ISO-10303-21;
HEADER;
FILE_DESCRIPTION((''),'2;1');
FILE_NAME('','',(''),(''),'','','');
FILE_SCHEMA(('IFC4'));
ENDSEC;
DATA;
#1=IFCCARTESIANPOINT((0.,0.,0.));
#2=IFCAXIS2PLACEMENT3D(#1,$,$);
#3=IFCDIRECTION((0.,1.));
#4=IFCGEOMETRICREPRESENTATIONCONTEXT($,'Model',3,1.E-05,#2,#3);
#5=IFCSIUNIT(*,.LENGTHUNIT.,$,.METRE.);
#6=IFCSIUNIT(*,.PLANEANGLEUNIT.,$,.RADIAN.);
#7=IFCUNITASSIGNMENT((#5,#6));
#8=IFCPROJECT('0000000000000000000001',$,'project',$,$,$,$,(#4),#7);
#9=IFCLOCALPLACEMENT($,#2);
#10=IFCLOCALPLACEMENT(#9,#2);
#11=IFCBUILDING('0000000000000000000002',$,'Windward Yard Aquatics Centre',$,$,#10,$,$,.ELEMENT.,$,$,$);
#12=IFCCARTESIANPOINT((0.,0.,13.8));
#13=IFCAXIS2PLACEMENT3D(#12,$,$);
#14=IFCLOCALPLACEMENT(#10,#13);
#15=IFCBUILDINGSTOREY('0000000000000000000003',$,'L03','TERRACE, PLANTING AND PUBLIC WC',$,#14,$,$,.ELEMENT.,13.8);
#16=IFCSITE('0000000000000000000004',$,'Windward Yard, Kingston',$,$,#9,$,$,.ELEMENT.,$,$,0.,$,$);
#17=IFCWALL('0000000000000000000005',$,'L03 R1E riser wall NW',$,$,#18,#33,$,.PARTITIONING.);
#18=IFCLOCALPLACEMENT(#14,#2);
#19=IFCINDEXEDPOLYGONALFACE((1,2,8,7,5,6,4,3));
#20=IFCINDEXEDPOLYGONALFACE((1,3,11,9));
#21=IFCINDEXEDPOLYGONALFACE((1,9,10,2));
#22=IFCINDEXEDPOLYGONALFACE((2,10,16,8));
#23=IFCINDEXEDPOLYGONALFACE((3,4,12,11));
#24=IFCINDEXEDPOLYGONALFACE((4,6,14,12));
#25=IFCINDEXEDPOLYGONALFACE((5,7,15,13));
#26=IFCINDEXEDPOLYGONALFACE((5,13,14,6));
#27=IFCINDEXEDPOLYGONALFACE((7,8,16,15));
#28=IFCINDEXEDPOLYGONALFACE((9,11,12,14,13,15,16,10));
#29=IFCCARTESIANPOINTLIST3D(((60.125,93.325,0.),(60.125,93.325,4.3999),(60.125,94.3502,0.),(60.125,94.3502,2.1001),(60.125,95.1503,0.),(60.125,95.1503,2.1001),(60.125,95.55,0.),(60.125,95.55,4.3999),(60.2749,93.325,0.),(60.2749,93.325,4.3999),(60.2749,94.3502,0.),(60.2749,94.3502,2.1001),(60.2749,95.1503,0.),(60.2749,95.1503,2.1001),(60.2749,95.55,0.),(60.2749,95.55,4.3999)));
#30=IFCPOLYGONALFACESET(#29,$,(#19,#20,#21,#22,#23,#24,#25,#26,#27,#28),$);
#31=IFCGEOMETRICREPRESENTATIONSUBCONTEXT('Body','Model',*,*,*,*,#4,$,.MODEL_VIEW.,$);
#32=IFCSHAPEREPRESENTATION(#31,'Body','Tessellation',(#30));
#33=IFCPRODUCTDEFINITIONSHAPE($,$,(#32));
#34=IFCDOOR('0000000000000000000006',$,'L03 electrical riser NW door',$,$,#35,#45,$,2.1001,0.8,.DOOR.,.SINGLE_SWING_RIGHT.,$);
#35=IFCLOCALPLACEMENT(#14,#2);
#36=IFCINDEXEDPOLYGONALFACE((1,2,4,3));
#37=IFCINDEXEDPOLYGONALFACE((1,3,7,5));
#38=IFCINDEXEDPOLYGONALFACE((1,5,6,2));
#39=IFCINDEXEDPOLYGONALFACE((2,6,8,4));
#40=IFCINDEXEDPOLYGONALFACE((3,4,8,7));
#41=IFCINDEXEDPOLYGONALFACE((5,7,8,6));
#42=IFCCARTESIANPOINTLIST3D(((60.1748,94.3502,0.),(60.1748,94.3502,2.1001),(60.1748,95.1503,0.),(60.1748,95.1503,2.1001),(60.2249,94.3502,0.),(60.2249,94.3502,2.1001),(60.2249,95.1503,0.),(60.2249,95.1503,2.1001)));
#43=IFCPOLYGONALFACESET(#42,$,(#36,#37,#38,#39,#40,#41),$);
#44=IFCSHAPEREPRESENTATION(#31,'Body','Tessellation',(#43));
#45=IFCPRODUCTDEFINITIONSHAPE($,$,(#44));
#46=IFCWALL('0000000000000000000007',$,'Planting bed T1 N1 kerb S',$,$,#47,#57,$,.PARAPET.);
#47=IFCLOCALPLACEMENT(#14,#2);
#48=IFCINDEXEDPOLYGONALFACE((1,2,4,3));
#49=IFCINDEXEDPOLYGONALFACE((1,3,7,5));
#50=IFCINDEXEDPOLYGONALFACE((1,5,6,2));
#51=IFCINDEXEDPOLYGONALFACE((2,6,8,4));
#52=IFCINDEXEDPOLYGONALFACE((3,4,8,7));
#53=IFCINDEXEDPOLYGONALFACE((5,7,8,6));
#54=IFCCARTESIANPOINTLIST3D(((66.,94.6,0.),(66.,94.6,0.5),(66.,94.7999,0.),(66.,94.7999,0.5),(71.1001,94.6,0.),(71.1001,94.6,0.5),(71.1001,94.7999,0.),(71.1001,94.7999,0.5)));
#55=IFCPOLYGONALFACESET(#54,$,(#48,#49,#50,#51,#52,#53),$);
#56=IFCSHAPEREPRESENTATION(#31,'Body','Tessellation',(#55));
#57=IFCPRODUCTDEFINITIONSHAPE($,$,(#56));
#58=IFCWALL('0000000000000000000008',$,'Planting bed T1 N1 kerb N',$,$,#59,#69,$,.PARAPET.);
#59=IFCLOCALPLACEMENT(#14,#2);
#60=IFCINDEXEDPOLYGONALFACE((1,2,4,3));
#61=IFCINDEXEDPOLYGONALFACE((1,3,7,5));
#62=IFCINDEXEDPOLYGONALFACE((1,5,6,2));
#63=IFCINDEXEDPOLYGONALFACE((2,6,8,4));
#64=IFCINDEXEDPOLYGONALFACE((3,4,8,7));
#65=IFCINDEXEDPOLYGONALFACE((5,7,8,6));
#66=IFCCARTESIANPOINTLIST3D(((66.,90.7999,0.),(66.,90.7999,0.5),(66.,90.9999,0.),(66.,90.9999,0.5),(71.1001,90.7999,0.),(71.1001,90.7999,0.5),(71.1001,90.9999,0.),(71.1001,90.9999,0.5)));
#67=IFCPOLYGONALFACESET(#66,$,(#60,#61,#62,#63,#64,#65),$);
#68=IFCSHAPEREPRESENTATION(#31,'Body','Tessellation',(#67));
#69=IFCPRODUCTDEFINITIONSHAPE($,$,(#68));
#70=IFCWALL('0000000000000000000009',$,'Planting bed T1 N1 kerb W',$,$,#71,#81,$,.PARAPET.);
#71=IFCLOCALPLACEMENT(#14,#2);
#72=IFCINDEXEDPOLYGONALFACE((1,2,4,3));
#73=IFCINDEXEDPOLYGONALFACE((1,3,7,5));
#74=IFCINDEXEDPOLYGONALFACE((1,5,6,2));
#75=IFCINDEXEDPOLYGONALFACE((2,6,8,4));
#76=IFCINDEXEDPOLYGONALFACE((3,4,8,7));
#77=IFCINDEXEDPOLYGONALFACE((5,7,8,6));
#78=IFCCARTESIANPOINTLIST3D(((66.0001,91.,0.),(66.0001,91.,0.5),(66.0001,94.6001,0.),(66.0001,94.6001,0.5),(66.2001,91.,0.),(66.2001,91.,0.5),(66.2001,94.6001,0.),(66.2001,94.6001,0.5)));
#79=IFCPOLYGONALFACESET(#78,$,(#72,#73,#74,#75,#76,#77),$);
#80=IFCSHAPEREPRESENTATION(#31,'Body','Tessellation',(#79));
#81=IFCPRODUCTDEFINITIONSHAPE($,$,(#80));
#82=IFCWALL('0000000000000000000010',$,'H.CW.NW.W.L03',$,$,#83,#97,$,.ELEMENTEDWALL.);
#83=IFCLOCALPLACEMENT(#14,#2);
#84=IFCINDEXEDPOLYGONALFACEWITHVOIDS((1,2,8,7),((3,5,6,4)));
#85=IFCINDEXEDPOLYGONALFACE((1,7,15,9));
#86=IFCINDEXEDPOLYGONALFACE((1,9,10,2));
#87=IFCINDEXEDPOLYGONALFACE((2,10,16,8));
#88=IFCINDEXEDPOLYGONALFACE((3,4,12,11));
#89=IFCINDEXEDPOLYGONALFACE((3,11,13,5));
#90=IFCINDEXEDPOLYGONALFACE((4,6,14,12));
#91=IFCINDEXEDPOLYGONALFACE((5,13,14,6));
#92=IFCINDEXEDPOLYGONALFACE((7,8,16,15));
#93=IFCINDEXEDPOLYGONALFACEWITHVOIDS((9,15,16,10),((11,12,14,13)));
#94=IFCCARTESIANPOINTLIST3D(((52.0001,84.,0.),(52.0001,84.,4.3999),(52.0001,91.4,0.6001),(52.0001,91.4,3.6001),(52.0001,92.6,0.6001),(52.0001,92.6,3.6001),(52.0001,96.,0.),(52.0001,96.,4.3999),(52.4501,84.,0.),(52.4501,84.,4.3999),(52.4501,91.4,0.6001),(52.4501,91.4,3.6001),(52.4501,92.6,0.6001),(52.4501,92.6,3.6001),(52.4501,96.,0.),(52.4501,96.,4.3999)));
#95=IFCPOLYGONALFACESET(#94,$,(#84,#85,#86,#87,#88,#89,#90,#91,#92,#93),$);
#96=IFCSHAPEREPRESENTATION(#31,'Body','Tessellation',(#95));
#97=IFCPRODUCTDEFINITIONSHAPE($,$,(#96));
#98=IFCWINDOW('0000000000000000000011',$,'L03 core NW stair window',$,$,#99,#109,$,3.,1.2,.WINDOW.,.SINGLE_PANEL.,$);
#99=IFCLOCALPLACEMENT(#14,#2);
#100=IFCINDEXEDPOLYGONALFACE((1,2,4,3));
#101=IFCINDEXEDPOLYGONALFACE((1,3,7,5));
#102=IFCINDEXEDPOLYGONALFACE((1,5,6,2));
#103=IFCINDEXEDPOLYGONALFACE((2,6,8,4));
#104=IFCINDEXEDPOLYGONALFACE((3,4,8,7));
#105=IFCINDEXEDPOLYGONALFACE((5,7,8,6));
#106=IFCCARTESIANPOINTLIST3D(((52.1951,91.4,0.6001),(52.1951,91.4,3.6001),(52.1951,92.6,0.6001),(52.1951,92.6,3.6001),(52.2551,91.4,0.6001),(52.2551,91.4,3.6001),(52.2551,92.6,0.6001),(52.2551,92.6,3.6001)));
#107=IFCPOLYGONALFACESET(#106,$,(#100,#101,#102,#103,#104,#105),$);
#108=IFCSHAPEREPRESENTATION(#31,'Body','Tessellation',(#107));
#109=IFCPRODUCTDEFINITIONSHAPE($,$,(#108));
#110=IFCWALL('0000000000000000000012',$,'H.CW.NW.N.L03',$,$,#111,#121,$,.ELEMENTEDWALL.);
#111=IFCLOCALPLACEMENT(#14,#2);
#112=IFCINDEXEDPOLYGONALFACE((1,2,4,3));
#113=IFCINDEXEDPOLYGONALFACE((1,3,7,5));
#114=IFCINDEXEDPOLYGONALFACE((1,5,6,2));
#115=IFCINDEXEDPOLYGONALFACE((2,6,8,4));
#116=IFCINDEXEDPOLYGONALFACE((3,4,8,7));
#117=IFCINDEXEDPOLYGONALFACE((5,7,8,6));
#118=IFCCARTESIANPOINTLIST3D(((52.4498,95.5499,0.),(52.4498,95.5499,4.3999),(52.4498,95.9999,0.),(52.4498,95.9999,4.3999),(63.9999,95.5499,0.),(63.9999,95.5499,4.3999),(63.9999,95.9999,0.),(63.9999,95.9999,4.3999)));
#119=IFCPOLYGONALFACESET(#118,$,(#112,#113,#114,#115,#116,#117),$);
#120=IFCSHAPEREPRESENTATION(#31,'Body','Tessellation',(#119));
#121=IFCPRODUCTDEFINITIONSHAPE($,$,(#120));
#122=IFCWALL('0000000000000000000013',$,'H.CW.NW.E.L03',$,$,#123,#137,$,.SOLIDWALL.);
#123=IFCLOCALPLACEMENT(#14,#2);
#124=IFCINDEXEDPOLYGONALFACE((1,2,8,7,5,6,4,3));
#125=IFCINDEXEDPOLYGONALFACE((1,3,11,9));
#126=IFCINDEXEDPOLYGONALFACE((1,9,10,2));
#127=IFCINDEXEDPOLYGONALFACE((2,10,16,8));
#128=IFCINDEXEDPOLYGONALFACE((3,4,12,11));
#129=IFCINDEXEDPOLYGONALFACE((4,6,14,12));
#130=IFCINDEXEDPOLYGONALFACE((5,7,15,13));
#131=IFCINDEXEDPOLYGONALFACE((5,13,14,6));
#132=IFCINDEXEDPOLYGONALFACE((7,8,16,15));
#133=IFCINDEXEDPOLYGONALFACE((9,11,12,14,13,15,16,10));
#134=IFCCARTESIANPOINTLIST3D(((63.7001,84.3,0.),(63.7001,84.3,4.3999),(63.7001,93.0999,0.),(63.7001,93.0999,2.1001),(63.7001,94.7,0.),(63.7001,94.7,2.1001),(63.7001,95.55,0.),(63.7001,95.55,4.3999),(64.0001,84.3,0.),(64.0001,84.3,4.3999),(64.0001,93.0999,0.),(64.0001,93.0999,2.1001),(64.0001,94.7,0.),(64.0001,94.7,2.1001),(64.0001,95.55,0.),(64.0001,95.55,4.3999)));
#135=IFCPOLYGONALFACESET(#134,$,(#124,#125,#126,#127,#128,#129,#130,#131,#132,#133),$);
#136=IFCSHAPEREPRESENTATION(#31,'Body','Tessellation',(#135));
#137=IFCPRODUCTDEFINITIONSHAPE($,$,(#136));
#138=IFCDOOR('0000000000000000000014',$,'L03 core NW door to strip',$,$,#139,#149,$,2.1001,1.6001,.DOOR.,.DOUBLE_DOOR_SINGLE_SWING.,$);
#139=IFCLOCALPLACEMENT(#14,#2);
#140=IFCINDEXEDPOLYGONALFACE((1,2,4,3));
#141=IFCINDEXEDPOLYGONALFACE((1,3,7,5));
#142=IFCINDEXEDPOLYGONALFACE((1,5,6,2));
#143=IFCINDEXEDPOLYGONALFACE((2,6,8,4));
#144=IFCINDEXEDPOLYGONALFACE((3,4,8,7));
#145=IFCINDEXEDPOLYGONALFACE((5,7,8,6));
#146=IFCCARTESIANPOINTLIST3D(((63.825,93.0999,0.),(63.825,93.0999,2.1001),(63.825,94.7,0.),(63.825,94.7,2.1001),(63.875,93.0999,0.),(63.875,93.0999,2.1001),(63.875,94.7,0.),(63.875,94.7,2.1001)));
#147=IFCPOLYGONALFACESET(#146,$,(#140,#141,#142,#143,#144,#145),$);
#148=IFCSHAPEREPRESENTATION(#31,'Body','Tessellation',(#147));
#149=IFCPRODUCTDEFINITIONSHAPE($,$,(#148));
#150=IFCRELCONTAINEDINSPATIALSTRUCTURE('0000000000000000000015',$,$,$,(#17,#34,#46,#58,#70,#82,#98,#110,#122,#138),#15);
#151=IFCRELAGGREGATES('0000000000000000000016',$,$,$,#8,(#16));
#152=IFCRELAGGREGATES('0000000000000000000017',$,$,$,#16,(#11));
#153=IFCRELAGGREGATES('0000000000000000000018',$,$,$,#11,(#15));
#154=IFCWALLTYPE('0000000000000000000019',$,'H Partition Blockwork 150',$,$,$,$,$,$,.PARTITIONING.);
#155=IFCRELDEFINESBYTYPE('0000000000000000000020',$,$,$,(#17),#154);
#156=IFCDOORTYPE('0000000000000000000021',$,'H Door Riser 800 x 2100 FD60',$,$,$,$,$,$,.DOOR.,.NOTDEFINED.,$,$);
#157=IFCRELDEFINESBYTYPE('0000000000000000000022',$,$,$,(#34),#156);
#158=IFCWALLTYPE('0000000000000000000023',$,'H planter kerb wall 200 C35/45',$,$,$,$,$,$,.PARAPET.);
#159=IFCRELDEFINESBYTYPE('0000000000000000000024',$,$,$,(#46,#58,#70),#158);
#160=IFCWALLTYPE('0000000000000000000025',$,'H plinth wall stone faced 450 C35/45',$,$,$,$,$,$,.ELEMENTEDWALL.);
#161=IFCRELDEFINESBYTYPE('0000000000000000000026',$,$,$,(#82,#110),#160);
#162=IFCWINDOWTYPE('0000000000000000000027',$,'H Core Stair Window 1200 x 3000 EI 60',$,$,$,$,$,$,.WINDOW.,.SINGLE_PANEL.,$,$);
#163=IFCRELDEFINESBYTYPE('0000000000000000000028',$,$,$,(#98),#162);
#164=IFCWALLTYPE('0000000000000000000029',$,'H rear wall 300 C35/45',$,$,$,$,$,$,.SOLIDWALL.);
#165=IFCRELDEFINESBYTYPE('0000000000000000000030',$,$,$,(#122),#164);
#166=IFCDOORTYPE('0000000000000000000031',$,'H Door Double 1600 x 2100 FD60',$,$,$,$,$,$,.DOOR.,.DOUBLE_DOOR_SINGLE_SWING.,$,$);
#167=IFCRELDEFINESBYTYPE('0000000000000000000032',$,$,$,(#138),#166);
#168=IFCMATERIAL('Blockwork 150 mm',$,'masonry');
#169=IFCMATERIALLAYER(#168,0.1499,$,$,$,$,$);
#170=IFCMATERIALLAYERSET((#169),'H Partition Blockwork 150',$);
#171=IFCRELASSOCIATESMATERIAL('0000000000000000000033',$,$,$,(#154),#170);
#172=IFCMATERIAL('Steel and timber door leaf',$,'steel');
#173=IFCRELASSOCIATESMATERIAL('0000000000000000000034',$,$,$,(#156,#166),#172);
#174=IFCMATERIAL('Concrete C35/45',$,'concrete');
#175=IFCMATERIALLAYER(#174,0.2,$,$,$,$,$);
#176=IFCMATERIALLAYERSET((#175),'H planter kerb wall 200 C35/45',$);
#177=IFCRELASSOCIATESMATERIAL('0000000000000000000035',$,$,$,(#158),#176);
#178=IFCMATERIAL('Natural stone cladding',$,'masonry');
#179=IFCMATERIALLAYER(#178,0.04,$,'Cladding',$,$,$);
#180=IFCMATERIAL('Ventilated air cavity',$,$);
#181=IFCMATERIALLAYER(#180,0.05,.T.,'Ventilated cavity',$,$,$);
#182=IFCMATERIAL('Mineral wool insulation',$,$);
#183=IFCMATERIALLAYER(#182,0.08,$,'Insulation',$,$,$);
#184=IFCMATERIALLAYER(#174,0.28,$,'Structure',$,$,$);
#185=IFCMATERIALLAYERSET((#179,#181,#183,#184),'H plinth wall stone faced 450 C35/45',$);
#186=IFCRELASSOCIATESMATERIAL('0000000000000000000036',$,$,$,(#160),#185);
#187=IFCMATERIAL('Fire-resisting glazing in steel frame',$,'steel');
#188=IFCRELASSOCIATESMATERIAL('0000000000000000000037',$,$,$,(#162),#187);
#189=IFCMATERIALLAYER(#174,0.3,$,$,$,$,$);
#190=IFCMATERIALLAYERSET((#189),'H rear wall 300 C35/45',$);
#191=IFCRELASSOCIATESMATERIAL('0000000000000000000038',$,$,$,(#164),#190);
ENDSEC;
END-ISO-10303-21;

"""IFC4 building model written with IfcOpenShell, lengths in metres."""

from ifc_helpers import new_model, si_unit, direction, frame, frame_2d, origin, place, context, subcontext, project, spatial, rectangle, extrude, material, layer, layer_set, type_object, element, fill, save


model = new_model("IFC4")

# Units and contexts
model_context = context("Model", 3, precision=1e-05, world=origin(), true_north=direction((0.0, 1.0)))
body_context = subcontext(model_context, "Body", "Model", "MODEL_VIEW")
ifc_project = project(units=[si_unit("LENGTHUNIT", "METRE"), si_unit("PLANEANGLEUNIT", "RADIAN")], contexts=[model_context])

# Site, building, storey
site_placement = place(None, origin())
site = spatial("IfcSite", under=ifc_project, at=site_placement, Name="Windward Yard, Kingston", CompositionType="ELEMENT", RefElevation=0.0)
building_placement = place(site_placement, origin())
building = spatial("IfcBuilding", under=site, at=building_placement, Name="Windward Yard Aquatics Centre", CompositionType="ELEMENT")
storey_placement = place(building_placement, frame((0.0, 0.0, 13.8)))
storey = spatial("IfcBuildingStorey", under=building, at=storey_placement, Name="L03", Description="TERRACE, PLANTING AND PUBLIC WC", CompositionType="ELEMENT", Elevation=13.8)

# Shared definitions
ifc_material_1 = material(Name="Concrete C35/45", Category="concrete")

# Shared definitions
ifc_material_2 = material(Name="Blockwork 150 mm", Category="masonry")
ifc_layer_1 = layer(ifc_material_2, 0.1499)
ifc_layer_set_1 = layer_set([ifc_layer_1], Name="H Partition Blockwork 150")
wall_type_1 = type_object("IfcWallType", Name="H Partition Blockwork 150", PredefinedType="PARTITIONING", material=ifc_layer_set_1)

# Wall, opening, door
wall_1_placement = place(storey_placement, frame((60.2, 95.55, 0.0), z_axis=(0.0, 0.0, 1.0), x_axis=(0.0, -1.0, 0.0)))
wall_1 = element("IfcWall", 1, at=wall_1_placement, inside=storey, type_object=wall_type_1, Name="L03 R1E riser wall NW", PredefinedType="PARTITIONING", context=body_context, shape_type="SweptSolid", body=[
    extrude(rectangle(XDim=2.2251, YDim=0.1499, at=frame_2d((1.1125, 0.0))), origin(), (0.0, 0.0, 1.0), 4.3999),
])
opening_1_placement = place(wall_1_placement, frame((0.3999, 0.0, 0.0)))
opening_1 = element("IfcOpeningElement", 2, at=opening_1_placement, cuts=wall_1, PredefinedType="OPENING", context=body_context, shape_type="SweptSolid", body=[
    extrude(rectangle(XDim=0.8, YDim=2.1001, at=frame_2d((0.3999, 1.05))), frame((0.0, 0.085, 0.0), z_axis=(0.0, -1.0, 0.0), x_axis=(1.0, 0.0, 0.0)), (0.0, 0.0, 1.0), 0.1699),
])
ifc_material_3 = material(Name="Steel and timber door leaf", Category="steel")
door_type_1 = type_object("IfcDoorType", Name="H Door Riser 800 x 2100 FD60", OperationType="NOTDEFINED", PredefinedType="DOOR", material=ifc_material_3)
door_1_placement = place(opening_1_placement, origin())
door_1 = element("IfcDoor", 3, at=door_1_placement, inside=storey, type_object=door_type_1, Name="L03 electrical riser NW door", OperationType="SINGLE_SWING_RIGHT", OverallHeight=2.1001, OverallWidth=0.8, PredefinedType="DOOR", context=body_context, shape_type="SweptSolid", body=[
    extrude(rectangle(XDim=0.8, YDim=2.1001, at=frame_2d((0.3999, 1.05))), frame((0.0, 0.0249, 0.0), z_axis=(0.0, -1.0, 0.0), x_axis=(1.0, 0.0, 0.0)), (0.0, 0.0, 1.0), 0.05),
])
fill(opening_1, door_1)

# Walls
ifc_layer_2 = layer(ifc_material_1, 0.2)
ifc_layer_set_2 = layer_set([ifc_layer_2], Name="H planter kerb wall 200 C35/45")
wall_type_2 = type_object("IfcWallType", Name="H planter kerb wall 200 C35/45", PredefinedType="PARAPET", material=ifc_layer_set_2)
for number, where, z_axis, x_axis, name in (
    (4, (66.0, 94.7, 0.0), (0.0, 0.0, 1.0), (1.0, 0.0, 0.0), "Planting bed T1 N1 kerb S"),
    (5, (66.0, 90.8999, 0.0), (0.0, 0.0, 1.0), (1.0, 0.0, 0.0), "Planting bed T1 N1 kerb N"),
):
    element("IfcWall", number, at=place(storey_placement, frame(where, z_axis=z_axis, x_axis=x_axis)), inside=storey, type_object=wall_type_2, Name=name, PredefinedType="PARAPET", context=body_context, shape_type="SweptSolid", body=[
        extrude(rectangle(XDim=5.1001, YDim=0.2, at=frame_2d((2.55, 0.0))), origin(), (0.0, 0.0, 1.0), 0.5),
    ])
wall_2_placement = place(storey_placement, frame((66.1001, 94.6001, 0.0), z_axis=(0.0, 0.0, 1.0), x_axis=(0.0, -1.0, 0.0)))
element("IfcWall", 6, at=wall_2_placement, inside=storey, type_object=wall_type_2, Name="Planting bed T1 N1 kerb W", PredefinedType="PARAPET", context=body_context, shape_type="SweptSolid", body=[
    extrude(rectangle(XDim=3.6001, YDim=0.2, at=frame_2d((1.8, 0.0))), origin(), (0.0, 0.0, 1.0), 0.5),
])

# Wall, opening, window
ifc_material_4 = material(Name="Natural stone cladding", Category="masonry")
ifc_layer_3 = layer(ifc_material_4, 0.04, Name="Cladding")
ifc_material_5 = material(Name="Ventilated air cavity")
ifc_layer_4 = layer(ifc_material_5, 0.05, ventilated=True, Name="Ventilated cavity")
ifc_material_6 = material(Name="Mineral wool insulation")
ifc_layer_5 = layer(ifc_material_6, 0.08, Name="Insulation")
ifc_layer_6 = layer(ifc_material_1, 0.28, Name="Structure")
ifc_layer_set_3 = layer_set([ifc_layer_3, ifc_layer_4, ifc_layer_5, ifc_layer_6], Name="H plinth wall stone faced 450 C35/45")
wall_type_3 = type_object("IfcWallType", Name="H plinth wall stone faced 450 C35/45", PredefinedType="ELEMENTEDWALL", material=ifc_layer_set_3)
wall_3_placement = place(storey_placement, frame((52.2251, 96.0, 0.0), z_axis=(0.0, 0.0, 1.0), x_axis=(0.0, -1.0, 0.0)))
wall_3 = element("IfcWall", 7, at=wall_3_placement, inside=storey, type_object=wall_type_3, Name="H.CW.NW.W.L03", PredefinedType="ELEMENTEDWALL", context=body_context, shape_type="SweptSolid", body=[
    extrude(rectangle(XDim=12.0, YDim=0.45, at=frame_2d((6.0, 0.0))), origin(), (0.0, 0.0, 1.0), 4.3999),
])
opening_2_placement = place(wall_3_placement, frame((3.3999, 0.0, 0.6001)))
opening_2 = element("IfcOpeningElement", 8, at=opening_2_placement, cuts=wall_3, PredefinedType="OPENING", context=body_context, shape_type="SweptSolid", body=[
    extrude(rectangle(XDim=1.2, YDim=3.0, at=frame_2d((0.6001, 1.5))), frame((0.0, 0.2349, 0.0), z_axis=(0.0, -1.0, 0.0), x_axis=(1.0, 0.0, 0.0)), (0.0, 0.0, 1.0), 0.47),
])
ifc_material_7 = material(Name="Fire-resisting glazing in steel frame", Category="steel")
window_type = type_object("IfcWindowType", Name="H Core Stair Window 1200 x 3000 EI 60", PartitioningType="SINGLE_PANEL", PredefinedType="WINDOW", material=ifc_material_7)
window_placement = place(opening_2_placement, origin())
window = element("IfcWindow", 9, at=window_placement, inside=storey, type_object=window_type, Name="L03 core NW stair window", OverallHeight=3.0, OverallWidth=1.2, PartitioningType="SINGLE_PANEL", PredefinedType="WINDOW", context=body_context, shape_type="SweptSolid", body=[
    extrude(rectangle(XDim=1.2, YDim=3.0, at=frame_2d((0.6001, 1.5))), frame((0.0, 0.03, 0.0), z_axis=(0.0, -1.0, 0.0), x_axis=(1.0, 0.0, 0.0)), (0.0, 0.0, 1.0), 0.0601),
])
fill(opening_2, window)

# Wall
wall_4_placement = place(storey_placement, frame((52.45, 95.7749, 0.0), z_axis=(0.0, 0.0, 1.0), x_axis=(1.0, 0.0, 0.0)))
element("IfcWall", 10, at=wall_4_placement, inside=storey, type_object=wall_type_3, Name="H.CW.NW.N.L03", PredefinedType="ELEMENTEDWALL", context=body_context, shape_type="SweptSolid", body=[
    extrude(rectangle(XDim=11.55, YDim=0.45, at=frame_2d((5.7749, 0.0))), origin(), (0.0, 0.0, 1.0), 4.3999),
])

# Wall, opening, door
ifc_layer_7 = layer(ifc_material_1, 0.3)
ifc_layer_set_4 = layer_set([ifc_layer_7], Name="H rear wall 300 C35/45")
wall_type_4 = type_object("IfcWallType", Name="H rear wall 300 C35/45", PredefinedType="SOLIDWALL", material=ifc_layer_set_4)
wall_5_placement = place(storey_placement, frame((63.8501, 95.55, 0.0), z_axis=(0.0, 0.0, 1.0), x_axis=(0.0, -1.0, 0.0)))
wall_5 = element("IfcWall", 11, at=wall_5_placement, inside=storey, type_object=wall_type_4, Name="H.CW.NW.E.L03", PredefinedType="SOLIDWALL", context=body_context, shape_type="SweptSolid", body=[
    extrude(rectangle(XDim=11.25, YDim=0.3, at=frame_2d((5.625, 0.0))), origin(), (0.0, 0.0, 1.0), 4.3999),
])
opening_3_placement = place(wall_5_placement, frame((0.8501, 0.0, 0.0)))
opening_3 = element("IfcOpeningElement", 12, at=opening_3_placement, cuts=wall_5, PredefinedType="OPENING", context=body_context, shape_type="SweptSolid", body=[
    extrude(rectangle(XDim=1.6001, YDim=2.1001, at=frame_2d((0.8, 1.05))), frame((0.0, 0.1602, 0.0), z_axis=(0.0, -1.0, 0.0), x_axis=(1.0, 0.0, 0.0)), (0.0, 0.0, 1.0), 0.3201),
])
door_type_2 = type_object("IfcDoorType", Name="H Door Double 1600 x 2100 FD60", OperationType="DOUBLE_DOOR_SINGLE_SWING", PredefinedType="DOOR", material=ifc_material_3)
door_2_placement = place(opening_3_placement, origin())
door_2 = element("IfcDoor", 13, at=door_2_placement, inside=storey, type_object=door_type_2, Name="L03 core NW door to strip", OperationType="DOUBLE_DOOR_SINGLE_SWING", OverallHeight=2.1001, OverallWidth=1.6001, PredefinedType="DOOR", context=body_context, shape_type="SweptSolid", body=[
    extrude(rectangle(XDim=1.6001, YDim=2.1001, at=frame_2d((0.8, 1.05))), frame((0.0, 0.0249, 0.0), z_axis=(0.0, -1.0, 0.0), x_axis=(1.0, 0.0, 0.0)), (0.0, 0.0, 1.0), 0.05),
])
fill(opening_3, door_2)

save(model, "model.ifc")
